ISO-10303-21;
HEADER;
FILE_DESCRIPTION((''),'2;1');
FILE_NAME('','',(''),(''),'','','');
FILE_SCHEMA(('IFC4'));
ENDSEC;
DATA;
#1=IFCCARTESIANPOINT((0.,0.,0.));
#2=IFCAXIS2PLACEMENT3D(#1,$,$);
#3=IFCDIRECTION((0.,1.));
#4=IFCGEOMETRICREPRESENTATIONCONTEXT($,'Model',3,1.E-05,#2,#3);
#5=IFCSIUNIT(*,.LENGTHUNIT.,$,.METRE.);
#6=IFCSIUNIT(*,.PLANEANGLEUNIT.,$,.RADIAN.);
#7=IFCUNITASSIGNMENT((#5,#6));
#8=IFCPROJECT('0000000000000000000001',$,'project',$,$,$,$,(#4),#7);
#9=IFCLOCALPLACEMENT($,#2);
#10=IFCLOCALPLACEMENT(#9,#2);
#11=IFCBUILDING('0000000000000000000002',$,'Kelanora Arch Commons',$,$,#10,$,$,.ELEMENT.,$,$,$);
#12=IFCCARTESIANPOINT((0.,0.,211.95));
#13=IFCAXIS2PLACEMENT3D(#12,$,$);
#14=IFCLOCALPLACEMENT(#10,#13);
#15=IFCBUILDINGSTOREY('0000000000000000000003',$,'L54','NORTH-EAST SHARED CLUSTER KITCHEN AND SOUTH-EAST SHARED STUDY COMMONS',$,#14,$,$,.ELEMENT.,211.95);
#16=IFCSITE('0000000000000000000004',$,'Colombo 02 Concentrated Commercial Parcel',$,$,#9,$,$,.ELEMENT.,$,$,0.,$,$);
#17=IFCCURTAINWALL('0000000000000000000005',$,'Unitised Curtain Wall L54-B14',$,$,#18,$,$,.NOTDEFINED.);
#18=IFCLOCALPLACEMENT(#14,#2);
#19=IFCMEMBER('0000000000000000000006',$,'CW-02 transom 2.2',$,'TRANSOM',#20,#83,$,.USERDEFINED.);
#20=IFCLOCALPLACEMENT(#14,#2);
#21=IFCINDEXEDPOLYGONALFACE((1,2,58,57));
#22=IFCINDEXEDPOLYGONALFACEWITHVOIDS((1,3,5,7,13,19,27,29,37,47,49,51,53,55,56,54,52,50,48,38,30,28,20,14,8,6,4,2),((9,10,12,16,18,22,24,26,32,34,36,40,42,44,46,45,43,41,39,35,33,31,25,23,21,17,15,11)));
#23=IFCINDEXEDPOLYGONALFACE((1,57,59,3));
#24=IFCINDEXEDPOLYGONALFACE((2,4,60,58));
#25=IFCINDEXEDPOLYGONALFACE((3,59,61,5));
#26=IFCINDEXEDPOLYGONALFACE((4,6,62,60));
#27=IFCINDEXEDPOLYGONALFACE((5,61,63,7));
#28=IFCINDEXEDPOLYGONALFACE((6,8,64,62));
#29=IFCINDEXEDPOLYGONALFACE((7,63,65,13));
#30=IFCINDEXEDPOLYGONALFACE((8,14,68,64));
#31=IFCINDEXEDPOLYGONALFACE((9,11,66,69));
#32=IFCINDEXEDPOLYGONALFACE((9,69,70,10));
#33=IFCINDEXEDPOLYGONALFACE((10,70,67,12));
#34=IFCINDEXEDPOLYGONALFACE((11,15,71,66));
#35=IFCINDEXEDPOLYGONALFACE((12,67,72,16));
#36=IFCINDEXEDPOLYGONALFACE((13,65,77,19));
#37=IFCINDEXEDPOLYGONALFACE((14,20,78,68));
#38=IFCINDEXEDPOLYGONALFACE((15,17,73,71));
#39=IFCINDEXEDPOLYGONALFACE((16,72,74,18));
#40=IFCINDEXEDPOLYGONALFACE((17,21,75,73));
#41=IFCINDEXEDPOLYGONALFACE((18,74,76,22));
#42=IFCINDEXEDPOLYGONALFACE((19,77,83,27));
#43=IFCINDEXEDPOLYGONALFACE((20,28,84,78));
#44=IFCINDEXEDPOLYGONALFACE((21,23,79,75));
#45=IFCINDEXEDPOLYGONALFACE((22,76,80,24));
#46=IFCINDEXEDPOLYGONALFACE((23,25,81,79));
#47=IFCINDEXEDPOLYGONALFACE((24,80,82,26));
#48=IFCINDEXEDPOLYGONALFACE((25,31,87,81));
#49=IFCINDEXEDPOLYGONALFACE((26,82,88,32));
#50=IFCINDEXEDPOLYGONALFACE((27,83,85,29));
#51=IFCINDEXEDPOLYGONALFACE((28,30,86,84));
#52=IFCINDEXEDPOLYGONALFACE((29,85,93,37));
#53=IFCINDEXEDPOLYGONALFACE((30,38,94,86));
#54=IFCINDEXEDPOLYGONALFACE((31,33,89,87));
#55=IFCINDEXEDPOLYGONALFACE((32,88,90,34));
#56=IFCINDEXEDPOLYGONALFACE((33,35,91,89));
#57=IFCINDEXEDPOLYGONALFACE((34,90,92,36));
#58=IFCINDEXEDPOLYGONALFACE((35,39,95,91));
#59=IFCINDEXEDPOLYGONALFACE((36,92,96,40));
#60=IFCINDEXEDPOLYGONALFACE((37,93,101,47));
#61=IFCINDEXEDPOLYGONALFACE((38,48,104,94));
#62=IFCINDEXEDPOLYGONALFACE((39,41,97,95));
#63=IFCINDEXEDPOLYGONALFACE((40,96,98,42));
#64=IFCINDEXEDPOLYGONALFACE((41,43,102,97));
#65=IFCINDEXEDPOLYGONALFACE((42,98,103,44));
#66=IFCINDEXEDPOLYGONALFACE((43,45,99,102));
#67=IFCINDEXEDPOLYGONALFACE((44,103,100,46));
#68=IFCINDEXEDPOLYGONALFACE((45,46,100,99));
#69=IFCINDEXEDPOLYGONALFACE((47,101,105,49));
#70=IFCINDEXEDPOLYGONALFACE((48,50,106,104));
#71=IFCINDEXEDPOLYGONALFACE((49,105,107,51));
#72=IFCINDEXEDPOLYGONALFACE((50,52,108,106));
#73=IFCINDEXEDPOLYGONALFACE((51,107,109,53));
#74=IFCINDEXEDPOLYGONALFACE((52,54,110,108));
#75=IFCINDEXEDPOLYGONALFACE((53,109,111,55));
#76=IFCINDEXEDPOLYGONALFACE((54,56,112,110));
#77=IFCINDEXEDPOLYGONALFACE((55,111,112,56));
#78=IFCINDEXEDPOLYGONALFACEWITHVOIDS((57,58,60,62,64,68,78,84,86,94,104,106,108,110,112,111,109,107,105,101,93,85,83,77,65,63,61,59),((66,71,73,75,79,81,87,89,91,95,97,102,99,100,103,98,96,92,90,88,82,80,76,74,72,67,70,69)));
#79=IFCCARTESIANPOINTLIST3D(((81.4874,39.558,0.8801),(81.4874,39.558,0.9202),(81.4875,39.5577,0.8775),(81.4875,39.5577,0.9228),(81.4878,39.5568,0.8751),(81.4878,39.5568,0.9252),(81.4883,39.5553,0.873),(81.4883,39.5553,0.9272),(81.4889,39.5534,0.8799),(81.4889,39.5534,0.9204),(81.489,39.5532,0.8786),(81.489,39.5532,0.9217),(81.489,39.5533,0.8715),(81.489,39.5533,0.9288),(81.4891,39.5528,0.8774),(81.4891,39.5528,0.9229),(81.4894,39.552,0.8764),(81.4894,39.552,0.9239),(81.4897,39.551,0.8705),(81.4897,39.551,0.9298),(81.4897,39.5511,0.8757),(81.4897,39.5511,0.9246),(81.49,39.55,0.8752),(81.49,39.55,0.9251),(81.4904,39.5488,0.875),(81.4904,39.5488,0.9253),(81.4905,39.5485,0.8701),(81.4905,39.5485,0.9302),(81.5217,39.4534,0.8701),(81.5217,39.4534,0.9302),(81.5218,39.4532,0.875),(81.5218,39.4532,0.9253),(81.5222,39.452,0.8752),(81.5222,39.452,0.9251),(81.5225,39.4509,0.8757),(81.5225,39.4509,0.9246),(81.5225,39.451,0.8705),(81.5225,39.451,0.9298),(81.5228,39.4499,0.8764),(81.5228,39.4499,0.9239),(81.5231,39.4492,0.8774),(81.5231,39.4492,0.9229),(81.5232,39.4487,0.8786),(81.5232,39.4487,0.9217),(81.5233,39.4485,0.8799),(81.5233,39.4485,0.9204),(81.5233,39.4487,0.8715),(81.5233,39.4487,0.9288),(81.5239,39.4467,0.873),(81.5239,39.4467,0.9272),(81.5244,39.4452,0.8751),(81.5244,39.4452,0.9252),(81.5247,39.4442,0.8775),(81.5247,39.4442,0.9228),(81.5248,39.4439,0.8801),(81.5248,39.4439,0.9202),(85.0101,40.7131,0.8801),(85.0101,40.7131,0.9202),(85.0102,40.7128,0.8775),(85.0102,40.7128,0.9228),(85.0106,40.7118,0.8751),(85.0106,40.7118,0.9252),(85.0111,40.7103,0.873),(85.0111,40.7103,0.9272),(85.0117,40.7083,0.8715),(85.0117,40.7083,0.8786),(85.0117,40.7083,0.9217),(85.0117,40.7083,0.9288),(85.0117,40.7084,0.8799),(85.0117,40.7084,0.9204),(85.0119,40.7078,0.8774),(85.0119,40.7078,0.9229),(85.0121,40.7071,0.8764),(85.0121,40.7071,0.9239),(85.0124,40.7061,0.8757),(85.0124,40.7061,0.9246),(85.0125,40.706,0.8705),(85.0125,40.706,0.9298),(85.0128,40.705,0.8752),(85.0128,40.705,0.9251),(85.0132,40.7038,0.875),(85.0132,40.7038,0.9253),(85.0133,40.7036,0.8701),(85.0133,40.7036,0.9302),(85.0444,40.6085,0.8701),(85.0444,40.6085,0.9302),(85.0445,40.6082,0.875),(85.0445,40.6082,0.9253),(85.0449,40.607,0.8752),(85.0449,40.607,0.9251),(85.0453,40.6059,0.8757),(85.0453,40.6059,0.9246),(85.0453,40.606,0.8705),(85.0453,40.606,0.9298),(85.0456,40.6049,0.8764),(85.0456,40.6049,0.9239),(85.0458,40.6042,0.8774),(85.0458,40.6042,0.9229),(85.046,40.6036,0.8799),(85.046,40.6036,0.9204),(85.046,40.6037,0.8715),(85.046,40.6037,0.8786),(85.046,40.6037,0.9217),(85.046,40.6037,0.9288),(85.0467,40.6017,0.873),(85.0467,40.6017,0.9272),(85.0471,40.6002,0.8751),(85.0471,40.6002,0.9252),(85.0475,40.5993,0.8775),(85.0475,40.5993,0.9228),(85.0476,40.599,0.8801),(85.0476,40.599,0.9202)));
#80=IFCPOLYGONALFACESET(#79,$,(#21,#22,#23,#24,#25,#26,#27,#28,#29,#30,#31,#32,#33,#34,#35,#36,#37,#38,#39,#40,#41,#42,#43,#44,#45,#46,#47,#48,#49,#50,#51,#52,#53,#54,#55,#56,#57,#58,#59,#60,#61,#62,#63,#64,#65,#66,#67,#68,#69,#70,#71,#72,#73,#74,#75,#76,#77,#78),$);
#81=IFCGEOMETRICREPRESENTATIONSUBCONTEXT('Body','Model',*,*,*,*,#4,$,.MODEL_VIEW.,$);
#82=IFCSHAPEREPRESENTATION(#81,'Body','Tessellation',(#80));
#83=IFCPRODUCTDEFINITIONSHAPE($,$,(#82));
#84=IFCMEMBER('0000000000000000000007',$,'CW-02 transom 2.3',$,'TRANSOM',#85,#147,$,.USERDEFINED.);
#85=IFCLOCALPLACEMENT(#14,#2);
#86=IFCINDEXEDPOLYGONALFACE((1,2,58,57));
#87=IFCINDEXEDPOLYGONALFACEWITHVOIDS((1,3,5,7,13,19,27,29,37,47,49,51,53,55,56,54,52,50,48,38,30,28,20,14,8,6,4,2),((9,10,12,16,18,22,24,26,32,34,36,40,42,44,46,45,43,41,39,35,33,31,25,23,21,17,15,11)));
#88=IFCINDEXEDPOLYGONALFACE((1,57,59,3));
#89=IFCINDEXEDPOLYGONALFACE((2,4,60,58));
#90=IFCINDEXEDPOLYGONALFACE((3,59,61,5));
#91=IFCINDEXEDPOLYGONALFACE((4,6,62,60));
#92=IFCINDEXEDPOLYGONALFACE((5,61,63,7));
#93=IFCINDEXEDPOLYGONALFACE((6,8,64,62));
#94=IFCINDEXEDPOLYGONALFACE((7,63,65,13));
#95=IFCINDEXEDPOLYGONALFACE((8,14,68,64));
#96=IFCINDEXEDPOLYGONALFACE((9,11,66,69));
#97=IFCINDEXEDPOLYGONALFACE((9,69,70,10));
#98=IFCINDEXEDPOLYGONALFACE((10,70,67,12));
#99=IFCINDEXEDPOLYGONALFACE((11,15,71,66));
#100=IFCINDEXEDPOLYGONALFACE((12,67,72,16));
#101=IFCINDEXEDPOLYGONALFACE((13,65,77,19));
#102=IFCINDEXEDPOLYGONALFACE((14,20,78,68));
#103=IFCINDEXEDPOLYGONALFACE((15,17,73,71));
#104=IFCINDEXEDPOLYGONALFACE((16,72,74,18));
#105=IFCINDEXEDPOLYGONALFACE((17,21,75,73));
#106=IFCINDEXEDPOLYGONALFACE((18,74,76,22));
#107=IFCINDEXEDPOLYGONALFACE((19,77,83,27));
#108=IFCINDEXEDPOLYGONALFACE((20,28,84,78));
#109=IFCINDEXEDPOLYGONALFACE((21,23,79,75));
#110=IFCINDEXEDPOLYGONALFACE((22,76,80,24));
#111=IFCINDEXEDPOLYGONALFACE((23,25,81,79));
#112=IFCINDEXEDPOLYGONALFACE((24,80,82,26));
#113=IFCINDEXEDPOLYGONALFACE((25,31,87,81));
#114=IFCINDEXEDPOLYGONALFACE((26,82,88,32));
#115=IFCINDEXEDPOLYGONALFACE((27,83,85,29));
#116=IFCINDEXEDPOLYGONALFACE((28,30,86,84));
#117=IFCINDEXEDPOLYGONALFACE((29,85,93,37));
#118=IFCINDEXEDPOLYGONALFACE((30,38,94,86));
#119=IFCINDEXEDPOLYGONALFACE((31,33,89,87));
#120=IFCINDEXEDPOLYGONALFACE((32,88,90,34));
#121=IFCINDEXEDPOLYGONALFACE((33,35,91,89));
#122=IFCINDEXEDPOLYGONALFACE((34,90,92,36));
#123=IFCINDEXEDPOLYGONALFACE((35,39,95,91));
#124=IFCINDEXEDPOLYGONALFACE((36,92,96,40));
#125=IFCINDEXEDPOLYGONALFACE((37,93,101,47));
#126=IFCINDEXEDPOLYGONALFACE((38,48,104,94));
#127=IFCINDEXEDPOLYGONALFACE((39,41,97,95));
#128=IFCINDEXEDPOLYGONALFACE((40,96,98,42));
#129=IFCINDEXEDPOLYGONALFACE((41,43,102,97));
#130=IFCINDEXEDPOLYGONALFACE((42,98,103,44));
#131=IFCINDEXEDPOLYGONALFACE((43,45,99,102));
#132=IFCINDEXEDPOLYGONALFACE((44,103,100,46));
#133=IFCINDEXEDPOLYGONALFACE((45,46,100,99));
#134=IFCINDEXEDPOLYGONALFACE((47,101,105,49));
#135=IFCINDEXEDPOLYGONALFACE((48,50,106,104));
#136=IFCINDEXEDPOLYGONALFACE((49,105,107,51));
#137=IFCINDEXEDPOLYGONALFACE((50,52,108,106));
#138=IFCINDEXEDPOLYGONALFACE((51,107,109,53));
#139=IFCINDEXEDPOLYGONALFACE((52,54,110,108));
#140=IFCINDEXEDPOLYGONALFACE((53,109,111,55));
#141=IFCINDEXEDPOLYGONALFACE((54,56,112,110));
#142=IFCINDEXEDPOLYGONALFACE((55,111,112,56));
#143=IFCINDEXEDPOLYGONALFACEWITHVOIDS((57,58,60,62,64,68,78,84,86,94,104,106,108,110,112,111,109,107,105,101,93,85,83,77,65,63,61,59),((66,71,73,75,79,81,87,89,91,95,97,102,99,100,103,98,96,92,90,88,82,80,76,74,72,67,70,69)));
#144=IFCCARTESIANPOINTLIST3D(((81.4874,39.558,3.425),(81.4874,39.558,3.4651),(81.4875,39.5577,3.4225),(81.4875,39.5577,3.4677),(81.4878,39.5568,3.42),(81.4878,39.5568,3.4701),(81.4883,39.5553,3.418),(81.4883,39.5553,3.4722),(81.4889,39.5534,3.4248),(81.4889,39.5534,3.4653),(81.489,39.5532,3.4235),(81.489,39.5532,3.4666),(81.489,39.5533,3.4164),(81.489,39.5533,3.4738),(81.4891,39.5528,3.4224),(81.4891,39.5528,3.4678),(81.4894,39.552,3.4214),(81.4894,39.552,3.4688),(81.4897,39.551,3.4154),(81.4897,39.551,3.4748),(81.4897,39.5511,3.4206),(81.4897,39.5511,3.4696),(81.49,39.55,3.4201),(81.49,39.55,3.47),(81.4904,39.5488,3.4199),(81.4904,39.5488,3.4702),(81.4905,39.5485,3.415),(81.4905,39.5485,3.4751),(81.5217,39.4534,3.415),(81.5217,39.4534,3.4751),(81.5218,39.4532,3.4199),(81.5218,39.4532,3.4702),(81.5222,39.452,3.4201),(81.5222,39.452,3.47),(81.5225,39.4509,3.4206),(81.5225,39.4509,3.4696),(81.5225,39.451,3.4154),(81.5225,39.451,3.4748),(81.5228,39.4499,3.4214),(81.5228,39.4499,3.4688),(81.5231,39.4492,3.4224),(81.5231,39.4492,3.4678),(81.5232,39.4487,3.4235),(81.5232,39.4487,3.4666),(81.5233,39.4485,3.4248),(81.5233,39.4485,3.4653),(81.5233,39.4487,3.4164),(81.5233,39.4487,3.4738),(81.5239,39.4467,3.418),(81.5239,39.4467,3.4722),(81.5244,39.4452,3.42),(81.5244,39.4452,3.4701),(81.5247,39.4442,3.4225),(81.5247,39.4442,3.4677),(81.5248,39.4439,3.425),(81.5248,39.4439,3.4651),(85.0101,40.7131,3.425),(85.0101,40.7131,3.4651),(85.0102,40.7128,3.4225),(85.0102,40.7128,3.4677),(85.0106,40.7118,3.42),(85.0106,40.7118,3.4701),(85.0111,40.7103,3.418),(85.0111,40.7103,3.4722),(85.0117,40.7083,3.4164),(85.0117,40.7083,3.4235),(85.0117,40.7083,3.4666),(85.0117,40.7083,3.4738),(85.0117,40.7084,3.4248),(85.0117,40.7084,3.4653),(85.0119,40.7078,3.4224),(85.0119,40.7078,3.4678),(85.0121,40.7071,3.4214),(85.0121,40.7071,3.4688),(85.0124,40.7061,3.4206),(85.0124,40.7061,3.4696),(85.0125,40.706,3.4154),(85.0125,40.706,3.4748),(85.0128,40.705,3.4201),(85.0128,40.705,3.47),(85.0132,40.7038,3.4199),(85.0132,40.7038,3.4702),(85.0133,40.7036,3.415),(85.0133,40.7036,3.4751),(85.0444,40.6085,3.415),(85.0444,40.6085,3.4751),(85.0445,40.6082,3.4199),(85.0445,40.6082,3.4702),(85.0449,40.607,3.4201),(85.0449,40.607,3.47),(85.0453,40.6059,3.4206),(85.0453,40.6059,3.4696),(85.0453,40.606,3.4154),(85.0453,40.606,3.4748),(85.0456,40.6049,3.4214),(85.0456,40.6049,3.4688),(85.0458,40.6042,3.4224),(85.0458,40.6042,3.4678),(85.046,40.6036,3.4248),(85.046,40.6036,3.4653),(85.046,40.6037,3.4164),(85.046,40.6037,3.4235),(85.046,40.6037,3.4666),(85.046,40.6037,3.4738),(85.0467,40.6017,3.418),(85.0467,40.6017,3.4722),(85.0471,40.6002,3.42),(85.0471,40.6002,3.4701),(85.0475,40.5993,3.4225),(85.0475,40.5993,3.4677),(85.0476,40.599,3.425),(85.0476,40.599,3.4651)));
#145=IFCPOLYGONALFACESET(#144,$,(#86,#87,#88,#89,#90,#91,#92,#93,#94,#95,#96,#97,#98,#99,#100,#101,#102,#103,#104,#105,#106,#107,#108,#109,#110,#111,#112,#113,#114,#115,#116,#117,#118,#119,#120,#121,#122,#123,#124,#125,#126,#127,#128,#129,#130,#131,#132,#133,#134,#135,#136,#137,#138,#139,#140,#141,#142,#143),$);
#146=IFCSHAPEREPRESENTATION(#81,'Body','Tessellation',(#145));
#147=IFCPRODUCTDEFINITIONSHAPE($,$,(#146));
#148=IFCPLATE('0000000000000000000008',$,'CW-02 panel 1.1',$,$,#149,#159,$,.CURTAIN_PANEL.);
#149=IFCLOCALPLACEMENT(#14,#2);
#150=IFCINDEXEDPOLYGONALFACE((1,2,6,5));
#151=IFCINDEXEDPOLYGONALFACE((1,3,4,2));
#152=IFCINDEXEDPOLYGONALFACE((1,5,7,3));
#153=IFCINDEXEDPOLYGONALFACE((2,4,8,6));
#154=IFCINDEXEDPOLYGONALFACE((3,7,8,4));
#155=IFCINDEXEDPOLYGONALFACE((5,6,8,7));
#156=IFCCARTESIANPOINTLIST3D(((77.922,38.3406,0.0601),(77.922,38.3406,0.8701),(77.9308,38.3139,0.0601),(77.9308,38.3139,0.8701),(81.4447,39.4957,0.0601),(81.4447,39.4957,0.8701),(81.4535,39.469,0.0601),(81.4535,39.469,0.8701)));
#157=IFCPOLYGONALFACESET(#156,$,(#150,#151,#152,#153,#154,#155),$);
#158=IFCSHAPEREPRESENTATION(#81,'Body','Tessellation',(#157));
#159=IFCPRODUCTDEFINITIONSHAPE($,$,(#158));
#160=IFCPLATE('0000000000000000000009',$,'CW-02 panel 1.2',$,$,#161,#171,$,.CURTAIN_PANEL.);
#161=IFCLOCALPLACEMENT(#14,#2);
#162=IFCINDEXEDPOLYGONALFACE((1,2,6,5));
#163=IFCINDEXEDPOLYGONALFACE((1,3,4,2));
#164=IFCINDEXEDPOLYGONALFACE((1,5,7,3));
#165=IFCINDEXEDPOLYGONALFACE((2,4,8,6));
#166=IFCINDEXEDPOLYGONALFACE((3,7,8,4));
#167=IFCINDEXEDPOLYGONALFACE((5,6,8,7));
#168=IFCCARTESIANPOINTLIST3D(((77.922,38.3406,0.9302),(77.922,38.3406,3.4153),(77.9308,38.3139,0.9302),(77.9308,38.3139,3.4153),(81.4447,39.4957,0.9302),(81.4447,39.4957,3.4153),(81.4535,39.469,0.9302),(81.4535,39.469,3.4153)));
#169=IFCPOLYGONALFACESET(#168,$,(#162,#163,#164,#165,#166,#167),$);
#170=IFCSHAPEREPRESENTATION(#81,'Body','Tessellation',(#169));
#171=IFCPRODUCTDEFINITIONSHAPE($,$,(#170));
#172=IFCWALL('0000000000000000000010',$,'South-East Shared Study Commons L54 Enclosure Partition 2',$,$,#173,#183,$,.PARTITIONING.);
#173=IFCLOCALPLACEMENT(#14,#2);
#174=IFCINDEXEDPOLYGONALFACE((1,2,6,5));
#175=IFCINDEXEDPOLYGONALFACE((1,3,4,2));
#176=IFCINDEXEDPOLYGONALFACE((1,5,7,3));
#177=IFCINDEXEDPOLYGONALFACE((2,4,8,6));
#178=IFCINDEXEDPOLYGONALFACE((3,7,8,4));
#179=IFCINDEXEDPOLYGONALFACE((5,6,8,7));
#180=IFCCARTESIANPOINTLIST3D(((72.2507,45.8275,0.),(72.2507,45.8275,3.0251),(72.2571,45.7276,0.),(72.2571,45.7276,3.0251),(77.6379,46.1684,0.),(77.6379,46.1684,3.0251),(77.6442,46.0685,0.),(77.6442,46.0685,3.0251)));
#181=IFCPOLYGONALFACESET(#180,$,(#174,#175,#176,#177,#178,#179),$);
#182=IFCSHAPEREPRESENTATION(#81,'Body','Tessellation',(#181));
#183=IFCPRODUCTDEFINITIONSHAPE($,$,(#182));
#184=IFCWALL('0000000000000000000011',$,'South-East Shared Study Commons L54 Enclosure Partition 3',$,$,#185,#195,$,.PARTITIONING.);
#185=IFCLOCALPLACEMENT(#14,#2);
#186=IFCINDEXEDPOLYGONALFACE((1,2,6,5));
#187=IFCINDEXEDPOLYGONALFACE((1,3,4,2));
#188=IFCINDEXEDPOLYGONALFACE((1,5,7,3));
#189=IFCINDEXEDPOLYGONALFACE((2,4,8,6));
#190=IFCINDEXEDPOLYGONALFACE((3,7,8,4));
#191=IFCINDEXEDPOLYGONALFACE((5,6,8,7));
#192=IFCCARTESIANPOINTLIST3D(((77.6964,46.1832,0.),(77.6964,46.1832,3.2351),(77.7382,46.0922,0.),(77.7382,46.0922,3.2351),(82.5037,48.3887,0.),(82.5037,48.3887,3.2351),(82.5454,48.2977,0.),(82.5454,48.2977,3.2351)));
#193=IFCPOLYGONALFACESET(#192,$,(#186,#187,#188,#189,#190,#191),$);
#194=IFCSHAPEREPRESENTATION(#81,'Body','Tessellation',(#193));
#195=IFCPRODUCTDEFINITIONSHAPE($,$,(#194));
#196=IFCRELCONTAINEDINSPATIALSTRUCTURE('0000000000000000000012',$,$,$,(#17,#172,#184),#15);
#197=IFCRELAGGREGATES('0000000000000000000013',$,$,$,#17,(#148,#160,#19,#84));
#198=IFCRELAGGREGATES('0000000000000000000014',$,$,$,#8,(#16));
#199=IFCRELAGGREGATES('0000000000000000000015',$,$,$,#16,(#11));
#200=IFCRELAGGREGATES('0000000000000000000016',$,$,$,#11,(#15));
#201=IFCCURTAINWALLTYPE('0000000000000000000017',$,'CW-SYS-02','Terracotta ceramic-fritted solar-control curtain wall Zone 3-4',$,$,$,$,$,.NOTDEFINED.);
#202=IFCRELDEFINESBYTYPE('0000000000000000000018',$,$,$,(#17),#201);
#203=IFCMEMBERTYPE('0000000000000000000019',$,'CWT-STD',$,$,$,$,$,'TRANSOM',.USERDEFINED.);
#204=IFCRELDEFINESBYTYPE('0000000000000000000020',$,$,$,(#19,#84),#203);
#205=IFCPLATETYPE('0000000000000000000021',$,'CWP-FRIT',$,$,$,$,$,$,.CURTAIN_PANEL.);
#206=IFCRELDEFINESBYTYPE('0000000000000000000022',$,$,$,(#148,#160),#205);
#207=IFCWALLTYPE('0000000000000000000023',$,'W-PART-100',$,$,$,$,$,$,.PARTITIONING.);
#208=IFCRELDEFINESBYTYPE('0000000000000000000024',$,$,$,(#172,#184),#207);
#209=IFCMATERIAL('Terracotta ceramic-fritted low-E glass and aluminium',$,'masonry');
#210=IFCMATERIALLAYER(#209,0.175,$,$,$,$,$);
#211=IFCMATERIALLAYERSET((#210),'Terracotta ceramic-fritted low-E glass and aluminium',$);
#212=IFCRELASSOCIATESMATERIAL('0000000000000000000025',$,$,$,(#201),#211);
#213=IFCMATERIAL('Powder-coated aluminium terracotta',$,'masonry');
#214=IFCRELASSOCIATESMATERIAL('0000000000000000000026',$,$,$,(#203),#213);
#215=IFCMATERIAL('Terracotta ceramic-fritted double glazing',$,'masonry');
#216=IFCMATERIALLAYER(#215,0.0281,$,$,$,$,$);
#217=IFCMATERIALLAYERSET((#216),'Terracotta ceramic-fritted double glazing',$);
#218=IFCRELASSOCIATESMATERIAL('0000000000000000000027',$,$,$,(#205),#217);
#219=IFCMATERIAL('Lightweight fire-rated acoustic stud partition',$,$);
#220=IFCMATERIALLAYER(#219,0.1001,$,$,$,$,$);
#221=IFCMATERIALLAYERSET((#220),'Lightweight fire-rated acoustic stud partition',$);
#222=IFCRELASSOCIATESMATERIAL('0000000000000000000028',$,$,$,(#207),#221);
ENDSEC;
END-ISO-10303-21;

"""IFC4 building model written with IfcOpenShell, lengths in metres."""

from ifc_helpers import new_model, si_unit, direction, frame, frame_2d, origin, origin_2d, place, context, subcontext, project, spatial, rectangle, hollow_rectangle, extrude, source, transform, mapped, material, layer, layer_set, material_profile, profile_set, type_object, element, aggregate, save


model = new_model("IFC4")

# Units and contexts
model_context = context("Model", 3, precision=1e-05, world=origin(), true_north=direction((0.0, 1.0)))
body_context = subcontext(model_context, "Body", "Model", "MODEL_VIEW")
ifc_project = project(units=[si_unit("LENGTHUNIT", "METRE"), si_unit("PLANEANGLEUNIT", "RADIAN")], contexts=[model_context])

# Site, building, storey
site_placement = place(None, origin())
site = spatial("IfcSite", under=ifc_project, at=site_placement, Name="Colombo 02 Concentrated Commercial Parcel", CompositionType="ELEMENT", RefElevation=0.0)
building_placement = place(site_placement, origin())
building = spatial("IfcBuilding", under=site, at=building_placement, Name="Kelanora Arch Commons", CompositionType="ELEMENT")
storey_placement = place(building_placement, frame((0.0, 0.0, 211.95)))
storey = spatial("IfcBuildingStorey", under=building, at=storey_placement, Name="L54", Description="NORTH-EAST SHARED CLUSTER KITCHEN AND SOUTH-EAST SHARED STUDY COMMONS", CompositionType="ELEMENT", Elevation=211.95)

# Curtain wall, members, plates
ifc_material_1 = material(Name="Terracotta ceramic-fritted low-E glass and aluminium", Category="masonry")
ifc_layer_1 = layer(ifc_material_1, 0.175)
ifc_layer_set_1 = layer_set([ifc_layer_1], Name="Terracotta ceramic-fritted low-E glass and aluminium")
curtain_wall_type = type_object("IfcCurtainWallType", Name="CW-SYS-02", Description="Terracotta ceramic-fritted solar-control curtain wall Zone 3-4", PredefinedType="NOTDEFINED", material=ifc_layer_set_1)
curtain_wall_placement = place(storey_placement, origin())
curtain_wall = element("IfcCurtainWall", 1, at=curtain_wall_placement, inside=storey, type_object=curtain_wall_type, Name="Unitised Curtain Wall L54-B14", PredefinedType="NOTDEFINED")
ifc_material_2 = material(Name="Powder-coated aluminium terracotta", Category="masonry")
ifc_material_profile_1 = material_profile(ifc_material_2, hollow_rectangle(XDim=0.1201, YDim=0.0601, WallThickness=0.0049, InnerFilletRadius=0.0049, OuterFilletRadius=0.01, at=origin_2d()), Name="CWT120x60")
ifc_profile_set_1 = profile_set([ifc_material_profile_1], Name="Powder-coated aluminium terracotta")
member_type_1 = type_object("IfcMemberType", Name="CWT-STD", ElementType="TRANSOM", PredefinedType="USERDEFINED", material=ifc_profile_set_1)
member_1_placement = place(storey_placement, frame((81.5061, 39.501, 0.9001), z_axis=(0.950226, 0.311561, 0.0), x_axis=(-0.311561, 0.950226, 0.0)))
member_1 = element("IfcMember", 2, at=member_1_placement, type_object=member_type_1, Name="CW-02 transom 2.2", ObjectType="TRANSOM", PredefinedType="USERDEFINED", context=body_context, shape_type="SweptSolid", body=[
    extrude(hollow_rectangle(XDim=0.1201, YDim=0.0601, WallThickness=0.0049, InnerFilletRadius=0.0049, OuterFilletRadius=0.01, at=origin_2d()), origin(), (0.0, 0.0, 1.0), 3.7073),
])
member_2_placement = place(storey_placement, frame((81.5061, 39.501, 3.4451), z_axis=(0.950226, 0.311561, 0.0), x_axis=(-0.311561, 0.950226, 0.0)))
member_2 = element("IfcMember", 3, at=member_2_placement, type_object=member_type_1, Name="CW-02 transom 2.3", ObjectType="TRANSOM", PredefinedType="USERDEFINED", context=body_context, shape_type="SweptSolid", body=[
    extrude(hollow_rectangle(XDim=0.1201, YDim=0.0601, WallThickness=0.0049, InnerFilletRadius=0.0049, OuterFilletRadius=0.01, at=origin_2d()), origin(), (0.0, 0.0, 1.0), 3.7073),
])
ifc_material_3 = material(Name="Terracotta ceramic-fritted double glazing", Category="masonry")
ifc_layer_2 = layer(ifc_material_3, 0.0281)
ifc_layer_set_2 = layer_set([ifc_layer_2], Name="Terracotta ceramic-fritted double glazing")
plate_type = type_object("IfcPlateType", Name="CWP-FRIT", PredefinedType="CURTAIN_PANEL", material=ifc_layer_set_2)
shared_shape_1 = source(origin(), body_context, "Body", "SweptSolid", [
    extrude(rectangle(XDim=3.7073, YDim=0.0281, at=origin_2d()), origin(), (0.0, 0.0, 1.0), 0.8101),
])
plate_1_placement = place(storey_placement, frame((79.6877, 38.9048, 0.0601), z_axis=(0.0, 0.0, 1.0), x_axis=(0.950219, 0.311582, 0.0)))
plate_1 = element("IfcPlate", 4, at=plate_1_placement, type_object=plate_type, Name="CW-02 panel 1.1", PredefinedType="CURTAIN_PANEL", context=body_context, shape_type="MappedRepresentation", body=[
    mapped(shared_shape_1, transform((0.0, 0.0, 0.0), scale=1.0)),
])
shared_shape_2 = source(origin(), body_context, "Body", "SweptSolid", [
    extrude(rectangle(XDim=3.7073, YDim=0.0281, at=origin_2d()), origin(), (0.0, 0.0, 1.0), 2.4851),
])
plate_2_placement = place(storey_placement, frame((79.6877, 38.9048, 0.9302), z_axis=(0.0, 0.0, 1.0), x_axis=(0.950219, 0.311582, 0.0)))
plate_2 = element("IfcPlate", 5, at=plate_2_placement, type_object=plate_type, Name="CW-02 panel 1.2", PredefinedType="CURTAIN_PANEL", context=body_context, shape_type="MappedRepresentation", body=[
    mapped(shared_shape_2, transform((0.0, 0.0, 0.0), scale=1.0)),
])
aggregate(curtain_wall, [plate_1, plate_2, member_1, member_2])

# Walls
ifc_material_4 = material(Name="Lightweight fire-rated acoustic stud partition")
ifc_layer_3 = layer(ifc_material_4, 0.1001)
ifc_layer_set_3 = layer_set([ifc_layer_3], Name="Lightweight fire-rated acoustic stud partition")
wall_type = type_object("IfcWallType", Name="W-PART-100", PredefinedType="PARTITIONING", material=ifc_layer_set_3)
wall_1_placement = place(storey_placement, frame((72.2539, 45.7776, 0.0), z_axis=(0.0, 0.0, 1.0), x_axis=(0.998005, 0.063139, 0.0)))
element("IfcWall", 6, at=wall_1_placement, inside=storey, type_object=wall_type, Name="South-East Shared Study Commons L54 Enclosure Partition 2", PredefinedType="PARTITIONING", context=body_context, shape_type="SweptSolid", body=[
    extrude(rectangle(XDim=5.3979, YDim=0.1001, at=frame_2d((2.699, 0.0))), origin(), (0.0, 0.0, 1.0), 3.0251),
])
wall_2_placement = place(storey_placement, frame((77.7173, 46.1377, 0.0), z_axis=(0.0, 0.0, 1.0), x_axis=(0.908908, 0.416996, 0.0)))
element("IfcWall", 7, at=wall_2_placement, inside=storey, type_object=wall_type, Name="South-East Shared Study Commons L54 Enclosure Partition 3", PredefinedType="PARTITIONING", context=body_context, shape_type="SweptSolid", body=[
    extrude(rectangle(XDim=5.2891, YDim=0.1001, at=frame_2d((2.6445, 0.0))), origin(), (0.0, 0.0, 1.0), 3.2351),
])

save(model, "model.ifc")
